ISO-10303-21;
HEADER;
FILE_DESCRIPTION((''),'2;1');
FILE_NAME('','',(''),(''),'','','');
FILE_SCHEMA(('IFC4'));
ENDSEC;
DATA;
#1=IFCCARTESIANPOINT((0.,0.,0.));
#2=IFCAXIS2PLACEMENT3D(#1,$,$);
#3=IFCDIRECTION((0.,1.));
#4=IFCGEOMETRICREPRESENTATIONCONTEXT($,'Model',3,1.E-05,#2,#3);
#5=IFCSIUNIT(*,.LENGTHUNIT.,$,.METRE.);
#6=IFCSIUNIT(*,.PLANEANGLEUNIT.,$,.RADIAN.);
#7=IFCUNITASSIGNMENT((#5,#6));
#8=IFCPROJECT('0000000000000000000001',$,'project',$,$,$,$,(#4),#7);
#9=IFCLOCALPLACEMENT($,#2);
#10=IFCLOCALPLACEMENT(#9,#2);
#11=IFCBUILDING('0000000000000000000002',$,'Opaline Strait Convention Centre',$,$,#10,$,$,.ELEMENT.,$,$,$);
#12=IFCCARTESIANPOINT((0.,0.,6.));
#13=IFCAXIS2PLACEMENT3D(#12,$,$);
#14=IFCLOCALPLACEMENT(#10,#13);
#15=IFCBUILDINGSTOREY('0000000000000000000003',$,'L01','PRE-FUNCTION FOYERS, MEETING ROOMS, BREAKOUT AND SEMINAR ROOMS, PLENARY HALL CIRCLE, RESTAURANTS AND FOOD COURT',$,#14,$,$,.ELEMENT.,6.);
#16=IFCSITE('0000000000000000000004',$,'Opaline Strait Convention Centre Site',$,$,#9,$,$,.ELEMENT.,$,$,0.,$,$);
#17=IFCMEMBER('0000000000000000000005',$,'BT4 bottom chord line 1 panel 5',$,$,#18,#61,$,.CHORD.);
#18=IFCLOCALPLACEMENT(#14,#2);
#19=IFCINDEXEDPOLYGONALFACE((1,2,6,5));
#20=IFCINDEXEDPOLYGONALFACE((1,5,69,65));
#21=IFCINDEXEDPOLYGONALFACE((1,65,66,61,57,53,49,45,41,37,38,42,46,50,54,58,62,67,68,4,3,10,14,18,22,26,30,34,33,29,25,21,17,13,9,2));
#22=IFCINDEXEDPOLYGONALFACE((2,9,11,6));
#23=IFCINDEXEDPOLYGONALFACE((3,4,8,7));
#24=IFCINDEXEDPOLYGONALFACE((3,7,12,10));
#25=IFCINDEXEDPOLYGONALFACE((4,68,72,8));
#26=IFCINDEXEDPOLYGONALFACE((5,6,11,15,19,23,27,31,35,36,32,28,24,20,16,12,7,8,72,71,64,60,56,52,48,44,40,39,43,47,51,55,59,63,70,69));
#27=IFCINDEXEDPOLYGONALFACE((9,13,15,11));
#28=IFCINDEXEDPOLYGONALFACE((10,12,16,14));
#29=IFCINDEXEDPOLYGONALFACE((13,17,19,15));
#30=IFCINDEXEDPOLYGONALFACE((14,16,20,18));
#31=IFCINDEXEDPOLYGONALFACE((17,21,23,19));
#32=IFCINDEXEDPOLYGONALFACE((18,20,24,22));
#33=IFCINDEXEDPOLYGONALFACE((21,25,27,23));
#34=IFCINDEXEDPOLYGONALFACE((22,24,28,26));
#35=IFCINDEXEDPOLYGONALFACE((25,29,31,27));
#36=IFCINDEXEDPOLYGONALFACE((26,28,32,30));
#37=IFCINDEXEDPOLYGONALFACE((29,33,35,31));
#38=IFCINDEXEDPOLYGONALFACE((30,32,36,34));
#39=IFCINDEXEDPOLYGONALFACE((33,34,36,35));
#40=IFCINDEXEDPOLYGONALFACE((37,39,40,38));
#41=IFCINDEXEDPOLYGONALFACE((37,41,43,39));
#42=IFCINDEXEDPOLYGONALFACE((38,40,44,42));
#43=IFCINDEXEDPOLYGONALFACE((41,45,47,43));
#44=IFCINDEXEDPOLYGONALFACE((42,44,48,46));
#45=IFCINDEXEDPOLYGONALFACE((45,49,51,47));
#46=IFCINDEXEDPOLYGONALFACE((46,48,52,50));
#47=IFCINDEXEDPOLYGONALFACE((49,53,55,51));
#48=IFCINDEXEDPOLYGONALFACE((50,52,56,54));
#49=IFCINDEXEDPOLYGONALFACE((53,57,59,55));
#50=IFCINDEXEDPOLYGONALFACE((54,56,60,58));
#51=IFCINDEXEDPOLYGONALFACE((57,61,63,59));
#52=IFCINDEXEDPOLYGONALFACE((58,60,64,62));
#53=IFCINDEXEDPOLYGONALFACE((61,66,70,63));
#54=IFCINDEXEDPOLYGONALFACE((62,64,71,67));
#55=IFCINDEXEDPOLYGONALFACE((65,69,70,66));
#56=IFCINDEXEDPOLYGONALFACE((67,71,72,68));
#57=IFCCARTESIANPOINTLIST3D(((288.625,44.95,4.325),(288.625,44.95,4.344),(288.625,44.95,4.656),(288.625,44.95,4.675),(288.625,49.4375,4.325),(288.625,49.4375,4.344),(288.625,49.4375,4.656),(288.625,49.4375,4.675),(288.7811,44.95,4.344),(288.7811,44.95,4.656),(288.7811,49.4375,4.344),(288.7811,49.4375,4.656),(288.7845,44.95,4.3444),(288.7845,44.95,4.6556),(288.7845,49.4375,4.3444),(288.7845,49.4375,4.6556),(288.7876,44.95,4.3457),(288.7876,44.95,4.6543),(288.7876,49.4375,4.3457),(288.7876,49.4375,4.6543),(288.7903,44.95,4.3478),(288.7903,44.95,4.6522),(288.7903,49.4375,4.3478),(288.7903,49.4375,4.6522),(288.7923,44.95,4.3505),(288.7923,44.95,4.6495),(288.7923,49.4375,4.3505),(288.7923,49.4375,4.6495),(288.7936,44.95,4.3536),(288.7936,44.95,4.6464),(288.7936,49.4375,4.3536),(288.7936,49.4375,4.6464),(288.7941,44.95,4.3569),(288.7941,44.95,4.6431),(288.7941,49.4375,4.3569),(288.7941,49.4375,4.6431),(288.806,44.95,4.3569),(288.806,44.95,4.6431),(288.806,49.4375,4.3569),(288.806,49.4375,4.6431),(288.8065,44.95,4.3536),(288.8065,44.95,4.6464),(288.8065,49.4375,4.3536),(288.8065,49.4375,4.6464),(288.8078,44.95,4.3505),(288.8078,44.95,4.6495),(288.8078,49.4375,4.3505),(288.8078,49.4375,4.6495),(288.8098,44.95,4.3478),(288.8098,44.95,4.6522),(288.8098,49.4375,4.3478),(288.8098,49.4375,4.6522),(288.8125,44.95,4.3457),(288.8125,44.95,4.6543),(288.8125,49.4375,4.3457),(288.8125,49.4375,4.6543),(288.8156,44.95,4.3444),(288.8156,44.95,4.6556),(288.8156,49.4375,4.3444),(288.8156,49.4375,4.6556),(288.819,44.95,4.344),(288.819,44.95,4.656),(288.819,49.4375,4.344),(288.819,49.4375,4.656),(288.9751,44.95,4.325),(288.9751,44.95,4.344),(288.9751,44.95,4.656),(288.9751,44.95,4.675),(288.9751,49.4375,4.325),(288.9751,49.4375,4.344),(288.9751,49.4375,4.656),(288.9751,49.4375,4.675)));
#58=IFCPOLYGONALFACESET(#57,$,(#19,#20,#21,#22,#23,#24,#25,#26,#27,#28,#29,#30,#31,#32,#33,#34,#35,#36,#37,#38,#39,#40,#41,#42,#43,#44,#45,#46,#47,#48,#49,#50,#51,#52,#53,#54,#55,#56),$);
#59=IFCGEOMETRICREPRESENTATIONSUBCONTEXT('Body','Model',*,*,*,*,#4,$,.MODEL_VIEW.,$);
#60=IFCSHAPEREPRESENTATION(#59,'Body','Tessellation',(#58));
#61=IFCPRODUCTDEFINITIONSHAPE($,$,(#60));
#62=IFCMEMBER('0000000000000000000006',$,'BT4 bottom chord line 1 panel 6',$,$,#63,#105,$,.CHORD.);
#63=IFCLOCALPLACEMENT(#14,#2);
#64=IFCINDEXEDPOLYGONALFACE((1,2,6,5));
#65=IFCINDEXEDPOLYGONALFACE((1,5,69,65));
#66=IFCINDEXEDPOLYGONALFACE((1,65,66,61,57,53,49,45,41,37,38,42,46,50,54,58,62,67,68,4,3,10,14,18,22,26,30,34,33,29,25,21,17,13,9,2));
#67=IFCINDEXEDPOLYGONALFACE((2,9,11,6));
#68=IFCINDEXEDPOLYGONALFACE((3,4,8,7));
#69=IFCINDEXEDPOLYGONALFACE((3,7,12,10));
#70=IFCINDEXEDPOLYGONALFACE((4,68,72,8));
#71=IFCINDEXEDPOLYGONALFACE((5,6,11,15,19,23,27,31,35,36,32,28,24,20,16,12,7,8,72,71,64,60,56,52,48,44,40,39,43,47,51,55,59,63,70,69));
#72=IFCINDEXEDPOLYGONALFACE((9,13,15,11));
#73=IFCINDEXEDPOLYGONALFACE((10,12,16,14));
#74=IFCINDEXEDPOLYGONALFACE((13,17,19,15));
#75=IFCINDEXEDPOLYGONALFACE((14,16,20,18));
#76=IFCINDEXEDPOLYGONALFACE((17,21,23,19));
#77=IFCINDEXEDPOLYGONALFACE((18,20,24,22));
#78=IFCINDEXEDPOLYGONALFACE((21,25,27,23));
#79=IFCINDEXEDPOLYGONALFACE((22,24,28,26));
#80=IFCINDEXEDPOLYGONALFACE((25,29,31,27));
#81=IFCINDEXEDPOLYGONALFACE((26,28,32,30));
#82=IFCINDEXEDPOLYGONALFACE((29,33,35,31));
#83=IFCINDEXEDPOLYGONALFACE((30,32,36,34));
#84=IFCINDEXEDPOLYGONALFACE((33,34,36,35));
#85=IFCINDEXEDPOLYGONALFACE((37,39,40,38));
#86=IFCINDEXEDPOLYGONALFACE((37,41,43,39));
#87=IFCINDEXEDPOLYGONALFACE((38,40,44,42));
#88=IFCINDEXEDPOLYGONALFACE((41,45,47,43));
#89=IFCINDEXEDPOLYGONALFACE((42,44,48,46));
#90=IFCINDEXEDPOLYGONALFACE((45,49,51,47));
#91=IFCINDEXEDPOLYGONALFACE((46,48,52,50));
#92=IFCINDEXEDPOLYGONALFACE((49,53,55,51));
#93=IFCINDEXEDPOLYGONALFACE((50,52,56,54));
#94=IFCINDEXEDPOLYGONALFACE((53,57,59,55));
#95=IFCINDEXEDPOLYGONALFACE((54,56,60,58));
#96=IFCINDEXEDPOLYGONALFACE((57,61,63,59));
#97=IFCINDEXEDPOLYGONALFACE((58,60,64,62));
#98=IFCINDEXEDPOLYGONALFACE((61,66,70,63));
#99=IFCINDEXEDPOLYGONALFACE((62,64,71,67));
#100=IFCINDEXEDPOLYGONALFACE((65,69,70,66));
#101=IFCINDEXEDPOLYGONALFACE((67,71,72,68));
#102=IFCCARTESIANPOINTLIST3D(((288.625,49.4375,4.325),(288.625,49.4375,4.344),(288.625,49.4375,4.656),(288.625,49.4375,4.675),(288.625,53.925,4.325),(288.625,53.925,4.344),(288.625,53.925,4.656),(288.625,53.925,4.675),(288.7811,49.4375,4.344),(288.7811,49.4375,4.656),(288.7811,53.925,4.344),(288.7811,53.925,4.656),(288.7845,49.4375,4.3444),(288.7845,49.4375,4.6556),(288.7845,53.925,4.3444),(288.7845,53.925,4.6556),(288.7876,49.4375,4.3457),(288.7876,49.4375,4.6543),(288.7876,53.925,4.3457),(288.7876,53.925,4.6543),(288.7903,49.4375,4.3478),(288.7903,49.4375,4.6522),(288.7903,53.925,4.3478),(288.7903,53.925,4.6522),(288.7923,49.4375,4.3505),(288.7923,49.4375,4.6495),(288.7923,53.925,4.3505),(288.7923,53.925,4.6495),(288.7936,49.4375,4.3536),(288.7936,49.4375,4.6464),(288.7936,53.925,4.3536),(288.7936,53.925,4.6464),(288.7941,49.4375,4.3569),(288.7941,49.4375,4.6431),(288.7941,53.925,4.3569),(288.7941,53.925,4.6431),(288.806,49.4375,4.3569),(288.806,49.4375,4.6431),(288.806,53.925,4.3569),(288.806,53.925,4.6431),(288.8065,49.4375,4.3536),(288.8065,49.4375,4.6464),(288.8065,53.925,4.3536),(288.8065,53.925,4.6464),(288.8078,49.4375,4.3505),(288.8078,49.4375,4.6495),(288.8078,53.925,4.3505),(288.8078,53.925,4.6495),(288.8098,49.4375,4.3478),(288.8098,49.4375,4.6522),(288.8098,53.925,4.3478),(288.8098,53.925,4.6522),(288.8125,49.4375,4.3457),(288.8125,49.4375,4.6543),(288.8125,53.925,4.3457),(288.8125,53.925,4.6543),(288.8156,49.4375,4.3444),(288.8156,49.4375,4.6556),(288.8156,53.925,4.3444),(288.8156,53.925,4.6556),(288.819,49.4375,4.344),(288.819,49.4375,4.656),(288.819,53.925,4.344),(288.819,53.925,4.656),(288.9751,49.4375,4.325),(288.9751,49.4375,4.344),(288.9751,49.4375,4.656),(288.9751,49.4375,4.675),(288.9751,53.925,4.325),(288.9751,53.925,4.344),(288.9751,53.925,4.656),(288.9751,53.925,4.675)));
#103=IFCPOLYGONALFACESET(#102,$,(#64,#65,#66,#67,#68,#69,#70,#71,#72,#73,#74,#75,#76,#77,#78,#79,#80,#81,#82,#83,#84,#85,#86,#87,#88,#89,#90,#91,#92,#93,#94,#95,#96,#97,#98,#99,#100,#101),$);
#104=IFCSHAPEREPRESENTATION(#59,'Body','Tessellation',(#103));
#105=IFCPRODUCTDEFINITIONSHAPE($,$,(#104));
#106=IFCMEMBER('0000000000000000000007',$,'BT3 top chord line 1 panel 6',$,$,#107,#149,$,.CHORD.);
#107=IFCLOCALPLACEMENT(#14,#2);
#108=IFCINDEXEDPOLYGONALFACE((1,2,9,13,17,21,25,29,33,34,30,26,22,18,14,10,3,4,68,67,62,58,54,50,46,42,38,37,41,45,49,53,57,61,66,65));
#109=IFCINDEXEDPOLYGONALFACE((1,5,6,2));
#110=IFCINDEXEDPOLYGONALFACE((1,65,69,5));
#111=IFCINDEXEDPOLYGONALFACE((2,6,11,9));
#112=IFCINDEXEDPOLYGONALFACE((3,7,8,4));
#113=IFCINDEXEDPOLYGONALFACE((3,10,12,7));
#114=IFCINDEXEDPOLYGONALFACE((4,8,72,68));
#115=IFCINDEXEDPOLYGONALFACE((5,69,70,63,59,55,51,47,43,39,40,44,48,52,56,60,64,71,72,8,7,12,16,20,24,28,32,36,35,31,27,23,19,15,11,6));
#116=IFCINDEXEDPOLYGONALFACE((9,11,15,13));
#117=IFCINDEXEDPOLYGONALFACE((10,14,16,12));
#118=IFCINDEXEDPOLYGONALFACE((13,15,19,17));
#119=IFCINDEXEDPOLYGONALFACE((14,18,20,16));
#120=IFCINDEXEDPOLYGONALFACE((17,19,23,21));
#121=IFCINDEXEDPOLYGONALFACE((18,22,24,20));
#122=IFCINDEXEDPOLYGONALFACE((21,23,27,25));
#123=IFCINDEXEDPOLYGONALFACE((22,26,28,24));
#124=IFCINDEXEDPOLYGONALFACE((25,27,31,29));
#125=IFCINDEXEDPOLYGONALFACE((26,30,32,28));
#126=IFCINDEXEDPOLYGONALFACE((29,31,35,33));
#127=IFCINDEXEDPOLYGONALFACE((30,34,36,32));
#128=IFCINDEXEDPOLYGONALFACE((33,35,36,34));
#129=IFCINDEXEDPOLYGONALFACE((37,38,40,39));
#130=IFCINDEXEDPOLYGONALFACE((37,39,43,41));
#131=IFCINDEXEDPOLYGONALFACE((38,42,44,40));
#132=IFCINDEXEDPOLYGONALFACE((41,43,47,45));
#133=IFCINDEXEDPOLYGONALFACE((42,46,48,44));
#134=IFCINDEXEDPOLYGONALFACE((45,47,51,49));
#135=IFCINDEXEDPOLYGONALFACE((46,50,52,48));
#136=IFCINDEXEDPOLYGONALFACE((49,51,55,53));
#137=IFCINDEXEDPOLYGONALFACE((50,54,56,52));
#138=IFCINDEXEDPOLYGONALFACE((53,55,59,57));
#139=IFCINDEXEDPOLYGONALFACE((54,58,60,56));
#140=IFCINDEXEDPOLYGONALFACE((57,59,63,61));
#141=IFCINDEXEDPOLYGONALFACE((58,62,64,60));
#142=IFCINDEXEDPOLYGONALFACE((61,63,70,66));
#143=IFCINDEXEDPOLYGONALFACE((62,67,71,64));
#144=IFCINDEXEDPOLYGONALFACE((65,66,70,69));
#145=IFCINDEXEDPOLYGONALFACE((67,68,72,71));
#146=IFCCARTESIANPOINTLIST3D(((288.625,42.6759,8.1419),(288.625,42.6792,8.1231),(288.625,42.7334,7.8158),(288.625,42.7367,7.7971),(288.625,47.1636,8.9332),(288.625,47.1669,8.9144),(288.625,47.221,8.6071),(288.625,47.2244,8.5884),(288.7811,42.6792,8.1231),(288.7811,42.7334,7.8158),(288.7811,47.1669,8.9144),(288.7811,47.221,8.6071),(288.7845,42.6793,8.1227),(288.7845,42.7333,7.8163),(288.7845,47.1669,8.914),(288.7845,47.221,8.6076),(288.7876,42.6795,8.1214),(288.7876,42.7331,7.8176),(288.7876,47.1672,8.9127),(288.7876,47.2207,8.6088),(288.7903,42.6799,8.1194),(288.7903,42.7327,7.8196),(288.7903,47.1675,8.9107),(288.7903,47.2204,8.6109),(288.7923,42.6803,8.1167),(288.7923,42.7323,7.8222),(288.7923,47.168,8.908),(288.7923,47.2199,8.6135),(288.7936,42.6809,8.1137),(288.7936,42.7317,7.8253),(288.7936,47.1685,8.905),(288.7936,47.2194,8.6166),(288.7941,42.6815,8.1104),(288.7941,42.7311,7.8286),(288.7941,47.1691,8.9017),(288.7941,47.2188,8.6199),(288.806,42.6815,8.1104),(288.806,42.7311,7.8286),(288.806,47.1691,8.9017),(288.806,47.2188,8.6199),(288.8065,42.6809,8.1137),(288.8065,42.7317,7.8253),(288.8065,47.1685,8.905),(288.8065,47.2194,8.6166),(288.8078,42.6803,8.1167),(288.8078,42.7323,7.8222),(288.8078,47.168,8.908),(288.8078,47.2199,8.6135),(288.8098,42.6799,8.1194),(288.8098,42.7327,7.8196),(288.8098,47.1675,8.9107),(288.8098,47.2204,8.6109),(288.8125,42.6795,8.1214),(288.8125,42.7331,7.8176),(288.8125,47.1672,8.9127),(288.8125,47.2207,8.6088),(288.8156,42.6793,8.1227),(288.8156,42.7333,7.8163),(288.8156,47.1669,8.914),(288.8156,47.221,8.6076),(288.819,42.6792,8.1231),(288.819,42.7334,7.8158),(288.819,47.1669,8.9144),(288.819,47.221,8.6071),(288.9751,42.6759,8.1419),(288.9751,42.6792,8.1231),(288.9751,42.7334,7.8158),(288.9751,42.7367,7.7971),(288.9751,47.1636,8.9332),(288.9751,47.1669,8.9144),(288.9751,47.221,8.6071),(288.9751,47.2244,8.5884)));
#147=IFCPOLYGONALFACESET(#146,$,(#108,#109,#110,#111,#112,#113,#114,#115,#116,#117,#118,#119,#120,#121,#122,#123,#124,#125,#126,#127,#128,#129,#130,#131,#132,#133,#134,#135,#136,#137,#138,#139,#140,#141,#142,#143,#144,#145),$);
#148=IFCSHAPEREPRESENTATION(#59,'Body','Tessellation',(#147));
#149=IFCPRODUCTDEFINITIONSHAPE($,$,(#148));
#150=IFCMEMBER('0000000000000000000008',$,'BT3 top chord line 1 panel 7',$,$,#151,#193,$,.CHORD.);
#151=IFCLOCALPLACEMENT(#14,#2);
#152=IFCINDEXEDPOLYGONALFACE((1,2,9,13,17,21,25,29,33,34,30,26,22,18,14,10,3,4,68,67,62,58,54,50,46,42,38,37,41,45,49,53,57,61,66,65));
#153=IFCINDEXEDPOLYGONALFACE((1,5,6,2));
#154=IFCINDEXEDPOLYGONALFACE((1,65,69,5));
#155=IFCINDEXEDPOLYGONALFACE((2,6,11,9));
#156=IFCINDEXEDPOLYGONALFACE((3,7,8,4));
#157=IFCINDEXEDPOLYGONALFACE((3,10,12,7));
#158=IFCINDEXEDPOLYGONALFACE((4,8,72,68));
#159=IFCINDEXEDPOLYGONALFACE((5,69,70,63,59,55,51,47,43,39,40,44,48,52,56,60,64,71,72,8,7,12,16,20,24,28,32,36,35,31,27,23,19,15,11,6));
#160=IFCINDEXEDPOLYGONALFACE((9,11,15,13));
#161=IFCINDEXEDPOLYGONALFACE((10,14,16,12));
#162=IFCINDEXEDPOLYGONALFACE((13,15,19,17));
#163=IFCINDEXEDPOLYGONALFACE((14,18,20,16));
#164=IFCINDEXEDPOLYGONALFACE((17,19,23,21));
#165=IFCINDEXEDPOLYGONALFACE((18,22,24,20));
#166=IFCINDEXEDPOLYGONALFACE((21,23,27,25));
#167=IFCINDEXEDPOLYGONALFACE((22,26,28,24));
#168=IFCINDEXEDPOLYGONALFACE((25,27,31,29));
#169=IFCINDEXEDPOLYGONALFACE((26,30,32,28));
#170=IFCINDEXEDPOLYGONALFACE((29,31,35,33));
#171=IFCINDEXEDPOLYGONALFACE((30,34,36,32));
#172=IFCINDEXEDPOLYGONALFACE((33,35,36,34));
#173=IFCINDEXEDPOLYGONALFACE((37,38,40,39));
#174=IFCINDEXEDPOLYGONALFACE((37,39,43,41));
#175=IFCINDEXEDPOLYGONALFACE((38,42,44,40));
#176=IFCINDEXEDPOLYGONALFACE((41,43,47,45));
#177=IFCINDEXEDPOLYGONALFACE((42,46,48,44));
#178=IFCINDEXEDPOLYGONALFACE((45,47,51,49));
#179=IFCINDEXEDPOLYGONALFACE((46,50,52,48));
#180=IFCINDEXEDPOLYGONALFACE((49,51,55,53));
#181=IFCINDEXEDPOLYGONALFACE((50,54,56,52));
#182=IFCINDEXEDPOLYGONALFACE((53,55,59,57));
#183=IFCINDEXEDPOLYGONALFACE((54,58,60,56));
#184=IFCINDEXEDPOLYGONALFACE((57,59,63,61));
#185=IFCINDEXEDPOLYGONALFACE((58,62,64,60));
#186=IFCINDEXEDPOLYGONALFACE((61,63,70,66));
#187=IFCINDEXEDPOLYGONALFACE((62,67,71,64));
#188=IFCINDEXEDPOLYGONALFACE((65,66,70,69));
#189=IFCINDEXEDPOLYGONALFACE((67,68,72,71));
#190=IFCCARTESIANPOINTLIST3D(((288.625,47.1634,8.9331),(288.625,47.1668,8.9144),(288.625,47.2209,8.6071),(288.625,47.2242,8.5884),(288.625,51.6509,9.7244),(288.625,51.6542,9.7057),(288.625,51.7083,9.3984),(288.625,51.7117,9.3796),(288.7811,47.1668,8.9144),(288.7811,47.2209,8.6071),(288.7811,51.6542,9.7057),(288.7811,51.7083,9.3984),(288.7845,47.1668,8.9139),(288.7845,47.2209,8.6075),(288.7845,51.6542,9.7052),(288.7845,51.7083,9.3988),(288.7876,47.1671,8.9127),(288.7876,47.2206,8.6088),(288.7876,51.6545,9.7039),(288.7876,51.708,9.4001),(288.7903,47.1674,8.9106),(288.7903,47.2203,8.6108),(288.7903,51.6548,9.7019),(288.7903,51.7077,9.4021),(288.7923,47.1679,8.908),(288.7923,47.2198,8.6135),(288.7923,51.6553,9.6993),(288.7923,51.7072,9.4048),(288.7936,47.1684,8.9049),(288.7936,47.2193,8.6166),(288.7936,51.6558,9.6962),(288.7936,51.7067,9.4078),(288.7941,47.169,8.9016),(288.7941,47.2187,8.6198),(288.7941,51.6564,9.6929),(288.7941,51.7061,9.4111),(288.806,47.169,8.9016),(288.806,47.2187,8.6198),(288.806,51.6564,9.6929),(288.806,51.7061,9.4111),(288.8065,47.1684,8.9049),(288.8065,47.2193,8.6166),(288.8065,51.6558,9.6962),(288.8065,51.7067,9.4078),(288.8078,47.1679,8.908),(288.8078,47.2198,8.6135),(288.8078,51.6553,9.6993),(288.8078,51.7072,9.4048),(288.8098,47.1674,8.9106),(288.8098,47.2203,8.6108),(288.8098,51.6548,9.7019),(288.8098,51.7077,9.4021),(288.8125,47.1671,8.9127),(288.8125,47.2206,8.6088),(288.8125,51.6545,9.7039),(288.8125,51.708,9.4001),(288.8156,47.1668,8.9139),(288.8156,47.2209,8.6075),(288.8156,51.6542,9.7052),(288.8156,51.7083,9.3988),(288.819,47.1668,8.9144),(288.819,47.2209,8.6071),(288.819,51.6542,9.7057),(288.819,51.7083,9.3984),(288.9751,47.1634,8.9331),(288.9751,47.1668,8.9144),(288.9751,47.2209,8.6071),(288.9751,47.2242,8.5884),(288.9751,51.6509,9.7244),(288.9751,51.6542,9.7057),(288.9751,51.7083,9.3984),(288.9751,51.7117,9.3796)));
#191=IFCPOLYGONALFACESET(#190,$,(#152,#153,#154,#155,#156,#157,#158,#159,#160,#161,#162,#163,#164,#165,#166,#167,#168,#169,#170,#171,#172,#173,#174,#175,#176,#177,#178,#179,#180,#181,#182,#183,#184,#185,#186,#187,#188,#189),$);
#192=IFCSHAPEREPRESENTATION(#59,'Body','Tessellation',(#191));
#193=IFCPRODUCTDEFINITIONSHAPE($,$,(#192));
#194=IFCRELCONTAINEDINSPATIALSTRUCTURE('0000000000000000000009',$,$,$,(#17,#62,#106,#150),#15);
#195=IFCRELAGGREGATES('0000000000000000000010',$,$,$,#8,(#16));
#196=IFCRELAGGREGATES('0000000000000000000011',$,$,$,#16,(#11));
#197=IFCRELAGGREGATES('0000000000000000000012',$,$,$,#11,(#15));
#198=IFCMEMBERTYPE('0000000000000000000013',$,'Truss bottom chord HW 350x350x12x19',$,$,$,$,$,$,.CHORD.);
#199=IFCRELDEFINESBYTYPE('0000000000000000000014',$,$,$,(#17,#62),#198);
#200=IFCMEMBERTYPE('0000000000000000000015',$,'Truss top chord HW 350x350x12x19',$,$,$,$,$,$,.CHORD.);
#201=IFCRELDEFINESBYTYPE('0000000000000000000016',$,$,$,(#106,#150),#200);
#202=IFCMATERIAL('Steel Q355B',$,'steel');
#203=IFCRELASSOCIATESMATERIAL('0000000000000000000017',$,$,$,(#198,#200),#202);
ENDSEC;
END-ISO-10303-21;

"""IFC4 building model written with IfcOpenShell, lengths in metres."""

from ifc_helpers import new_model, si_unit, direction, frame, origin, origin_2d, place, context, subcontext, project, spatial, i_section, extrude, material, material_profile, profile_set, type_object, element, save


model = new_model("IFC4")

# Units and contexts
model_context = context("Model", 3, precision=1e-05, world=origin(), true_north=direction((0.0, 1.0)))
body_context = subcontext(model_context, "Body", "Model", "MODEL_VIEW")
ifc_project = project(units=[si_unit("LENGTHUNIT", "METRE"), si_unit("PLANEANGLEUNIT", "RADIAN")], contexts=[model_context])

# Site, building, storey
site_placement = place(None, origin())
site = spatial("IfcSite", under=ifc_project, at=site_placement, Name="Opaline Strait Convention Centre Site", CompositionType="ELEMENT", RefElevation=0.0)
building_placement = place(site_placement, origin())
building = spatial("IfcBuilding", under=site, at=building_placement, Name="Opaline Strait Convention Centre", CompositionType="ELEMENT")
storey_placement = place(building_placement, frame((0.0, 0.0, 6.0)))
storey = spatial("IfcBuildingStorey", under=building, at=storey_placement, Name="L01", Description="PRE-FUNCTION FOYERS, MEETING ROOMS, BREAKOUT AND SEMINAR ROOMS, PLENARY HALL CIRCLE, RESTAURANTS AND FOOD COURT", CompositionType="ELEMENT", Elevation=6.0)

# Members
ifc_material_1 = material(Name="Steel Q355B", Category="steel")
ifc_material_profile_1 = material_profile(ifc_material_1, i_section(OverallWidth=0.3501, OverallDepth=0.3501, WebThickness=0.012, FlangeThickness=0.019, FilletRadius=0.0129, at=origin_2d()), Name="HW 350x350x12x19")
ifc_profile_set_1 = profile_set([ifc_material_profile_1], Name="Steel Q355B")
member_type_1 = type_object("IfcMemberType", Name="Truss bottom chord HW 350x350x12x19", PredefinedType="CHORD", material=ifc_profile_set_1)
for number, where, z_axis, x_axis, name in (
    (1, (288.8, 44.95, 4.5), (0.0, 1.0, 0.0), (-1.0, 0.0, 0.0), "BT4 bottom chord line 1 panel 5"),
    (2, (288.8, 49.4375, 4.5), (0.0, 1.0, 0.0), (-1.0, 0.0, 0.0), "BT4 bottom chord line 1 panel 6"),
):
    element("IfcMember", number, at=place(storey_placement, frame(where, z_axis=z_axis, x_axis=x_axis)), inside=storey, type_object=member_type_1, Name=name, PredefinedType="CHORD", context=body_context, shape_type="SweptSolid", body=[
        extrude(i_section(OverallWidth=0.3501, OverallDepth=0.3501, WebThickness=0.012, FlangeThickness=0.019, FilletRadius=0.0129, at=origin_2d()), origin(), (0.0, 0.0, 1.0), 4.4875),
    ])
ifc_material_profile_2 = material_profile(ifc_material_1, i_section(OverallWidth=0.3501, OverallDepth=0.3501, WebThickness=0.012, FlangeThickness=0.019, FilletRadius=0.0129, at=origin_2d()), Name="HW 350x350x12x19")
ifc_profile_set_2 = profile_set([ifc_material_profile_2], Name="Steel Q355B")
member_type_2 = type_object("IfcMemberType", Name="Truss top chord HW 350x350x12x19", PredefinedType="CHORD", material=ifc_profile_set_2)
member_1_placement = place(storey_placement, frame((288.8, 42.7063, 7.9695), z_axis=(0.0, 0.984808, 0.173645), x_axis=(-1.0, 0.0, 0.0)))
element("IfcMember", 3, at=member_1_placement, inside=storey, type_object=member_type_2, Name="BT3 top chord line 1 panel 6", PredefinedType="CHORD", context=body_context, shape_type="SweptSolid", body=[
    extrude(i_section(OverallWidth=0.3501, OverallDepth=0.3501, WebThickness=0.012, FlangeThickness=0.019, FilletRadius=0.0129, at=origin_2d()), origin(), (0.0, 0.0, 1.0), 4.5569),
])
member_2_placement = place(storey_placement, frame((288.8, 47.1938, 8.7607), z_axis=(0.0, 0.984807, 0.173654), x_axis=(-1.0, 0.0, 0.0)))
element("IfcMember", 4, at=member_2_placement, inside=storey, type_object=member_type_2, Name="BT3 top chord line 1 panel 7", PredefinedType="CHORD", context=body_context, shape_type="SweptSolid", body=[
    extrude(i_section(OverallWidth=0.3501, OverallDepth=0.3501, WebThickness=0.012, FlangeThickness=0.019, FilletRadius=0.0129, at=origin_2d()), origin(), (0.0, 0.0, 1.0), 4.5566),
])

save(model, "model.ifc")
